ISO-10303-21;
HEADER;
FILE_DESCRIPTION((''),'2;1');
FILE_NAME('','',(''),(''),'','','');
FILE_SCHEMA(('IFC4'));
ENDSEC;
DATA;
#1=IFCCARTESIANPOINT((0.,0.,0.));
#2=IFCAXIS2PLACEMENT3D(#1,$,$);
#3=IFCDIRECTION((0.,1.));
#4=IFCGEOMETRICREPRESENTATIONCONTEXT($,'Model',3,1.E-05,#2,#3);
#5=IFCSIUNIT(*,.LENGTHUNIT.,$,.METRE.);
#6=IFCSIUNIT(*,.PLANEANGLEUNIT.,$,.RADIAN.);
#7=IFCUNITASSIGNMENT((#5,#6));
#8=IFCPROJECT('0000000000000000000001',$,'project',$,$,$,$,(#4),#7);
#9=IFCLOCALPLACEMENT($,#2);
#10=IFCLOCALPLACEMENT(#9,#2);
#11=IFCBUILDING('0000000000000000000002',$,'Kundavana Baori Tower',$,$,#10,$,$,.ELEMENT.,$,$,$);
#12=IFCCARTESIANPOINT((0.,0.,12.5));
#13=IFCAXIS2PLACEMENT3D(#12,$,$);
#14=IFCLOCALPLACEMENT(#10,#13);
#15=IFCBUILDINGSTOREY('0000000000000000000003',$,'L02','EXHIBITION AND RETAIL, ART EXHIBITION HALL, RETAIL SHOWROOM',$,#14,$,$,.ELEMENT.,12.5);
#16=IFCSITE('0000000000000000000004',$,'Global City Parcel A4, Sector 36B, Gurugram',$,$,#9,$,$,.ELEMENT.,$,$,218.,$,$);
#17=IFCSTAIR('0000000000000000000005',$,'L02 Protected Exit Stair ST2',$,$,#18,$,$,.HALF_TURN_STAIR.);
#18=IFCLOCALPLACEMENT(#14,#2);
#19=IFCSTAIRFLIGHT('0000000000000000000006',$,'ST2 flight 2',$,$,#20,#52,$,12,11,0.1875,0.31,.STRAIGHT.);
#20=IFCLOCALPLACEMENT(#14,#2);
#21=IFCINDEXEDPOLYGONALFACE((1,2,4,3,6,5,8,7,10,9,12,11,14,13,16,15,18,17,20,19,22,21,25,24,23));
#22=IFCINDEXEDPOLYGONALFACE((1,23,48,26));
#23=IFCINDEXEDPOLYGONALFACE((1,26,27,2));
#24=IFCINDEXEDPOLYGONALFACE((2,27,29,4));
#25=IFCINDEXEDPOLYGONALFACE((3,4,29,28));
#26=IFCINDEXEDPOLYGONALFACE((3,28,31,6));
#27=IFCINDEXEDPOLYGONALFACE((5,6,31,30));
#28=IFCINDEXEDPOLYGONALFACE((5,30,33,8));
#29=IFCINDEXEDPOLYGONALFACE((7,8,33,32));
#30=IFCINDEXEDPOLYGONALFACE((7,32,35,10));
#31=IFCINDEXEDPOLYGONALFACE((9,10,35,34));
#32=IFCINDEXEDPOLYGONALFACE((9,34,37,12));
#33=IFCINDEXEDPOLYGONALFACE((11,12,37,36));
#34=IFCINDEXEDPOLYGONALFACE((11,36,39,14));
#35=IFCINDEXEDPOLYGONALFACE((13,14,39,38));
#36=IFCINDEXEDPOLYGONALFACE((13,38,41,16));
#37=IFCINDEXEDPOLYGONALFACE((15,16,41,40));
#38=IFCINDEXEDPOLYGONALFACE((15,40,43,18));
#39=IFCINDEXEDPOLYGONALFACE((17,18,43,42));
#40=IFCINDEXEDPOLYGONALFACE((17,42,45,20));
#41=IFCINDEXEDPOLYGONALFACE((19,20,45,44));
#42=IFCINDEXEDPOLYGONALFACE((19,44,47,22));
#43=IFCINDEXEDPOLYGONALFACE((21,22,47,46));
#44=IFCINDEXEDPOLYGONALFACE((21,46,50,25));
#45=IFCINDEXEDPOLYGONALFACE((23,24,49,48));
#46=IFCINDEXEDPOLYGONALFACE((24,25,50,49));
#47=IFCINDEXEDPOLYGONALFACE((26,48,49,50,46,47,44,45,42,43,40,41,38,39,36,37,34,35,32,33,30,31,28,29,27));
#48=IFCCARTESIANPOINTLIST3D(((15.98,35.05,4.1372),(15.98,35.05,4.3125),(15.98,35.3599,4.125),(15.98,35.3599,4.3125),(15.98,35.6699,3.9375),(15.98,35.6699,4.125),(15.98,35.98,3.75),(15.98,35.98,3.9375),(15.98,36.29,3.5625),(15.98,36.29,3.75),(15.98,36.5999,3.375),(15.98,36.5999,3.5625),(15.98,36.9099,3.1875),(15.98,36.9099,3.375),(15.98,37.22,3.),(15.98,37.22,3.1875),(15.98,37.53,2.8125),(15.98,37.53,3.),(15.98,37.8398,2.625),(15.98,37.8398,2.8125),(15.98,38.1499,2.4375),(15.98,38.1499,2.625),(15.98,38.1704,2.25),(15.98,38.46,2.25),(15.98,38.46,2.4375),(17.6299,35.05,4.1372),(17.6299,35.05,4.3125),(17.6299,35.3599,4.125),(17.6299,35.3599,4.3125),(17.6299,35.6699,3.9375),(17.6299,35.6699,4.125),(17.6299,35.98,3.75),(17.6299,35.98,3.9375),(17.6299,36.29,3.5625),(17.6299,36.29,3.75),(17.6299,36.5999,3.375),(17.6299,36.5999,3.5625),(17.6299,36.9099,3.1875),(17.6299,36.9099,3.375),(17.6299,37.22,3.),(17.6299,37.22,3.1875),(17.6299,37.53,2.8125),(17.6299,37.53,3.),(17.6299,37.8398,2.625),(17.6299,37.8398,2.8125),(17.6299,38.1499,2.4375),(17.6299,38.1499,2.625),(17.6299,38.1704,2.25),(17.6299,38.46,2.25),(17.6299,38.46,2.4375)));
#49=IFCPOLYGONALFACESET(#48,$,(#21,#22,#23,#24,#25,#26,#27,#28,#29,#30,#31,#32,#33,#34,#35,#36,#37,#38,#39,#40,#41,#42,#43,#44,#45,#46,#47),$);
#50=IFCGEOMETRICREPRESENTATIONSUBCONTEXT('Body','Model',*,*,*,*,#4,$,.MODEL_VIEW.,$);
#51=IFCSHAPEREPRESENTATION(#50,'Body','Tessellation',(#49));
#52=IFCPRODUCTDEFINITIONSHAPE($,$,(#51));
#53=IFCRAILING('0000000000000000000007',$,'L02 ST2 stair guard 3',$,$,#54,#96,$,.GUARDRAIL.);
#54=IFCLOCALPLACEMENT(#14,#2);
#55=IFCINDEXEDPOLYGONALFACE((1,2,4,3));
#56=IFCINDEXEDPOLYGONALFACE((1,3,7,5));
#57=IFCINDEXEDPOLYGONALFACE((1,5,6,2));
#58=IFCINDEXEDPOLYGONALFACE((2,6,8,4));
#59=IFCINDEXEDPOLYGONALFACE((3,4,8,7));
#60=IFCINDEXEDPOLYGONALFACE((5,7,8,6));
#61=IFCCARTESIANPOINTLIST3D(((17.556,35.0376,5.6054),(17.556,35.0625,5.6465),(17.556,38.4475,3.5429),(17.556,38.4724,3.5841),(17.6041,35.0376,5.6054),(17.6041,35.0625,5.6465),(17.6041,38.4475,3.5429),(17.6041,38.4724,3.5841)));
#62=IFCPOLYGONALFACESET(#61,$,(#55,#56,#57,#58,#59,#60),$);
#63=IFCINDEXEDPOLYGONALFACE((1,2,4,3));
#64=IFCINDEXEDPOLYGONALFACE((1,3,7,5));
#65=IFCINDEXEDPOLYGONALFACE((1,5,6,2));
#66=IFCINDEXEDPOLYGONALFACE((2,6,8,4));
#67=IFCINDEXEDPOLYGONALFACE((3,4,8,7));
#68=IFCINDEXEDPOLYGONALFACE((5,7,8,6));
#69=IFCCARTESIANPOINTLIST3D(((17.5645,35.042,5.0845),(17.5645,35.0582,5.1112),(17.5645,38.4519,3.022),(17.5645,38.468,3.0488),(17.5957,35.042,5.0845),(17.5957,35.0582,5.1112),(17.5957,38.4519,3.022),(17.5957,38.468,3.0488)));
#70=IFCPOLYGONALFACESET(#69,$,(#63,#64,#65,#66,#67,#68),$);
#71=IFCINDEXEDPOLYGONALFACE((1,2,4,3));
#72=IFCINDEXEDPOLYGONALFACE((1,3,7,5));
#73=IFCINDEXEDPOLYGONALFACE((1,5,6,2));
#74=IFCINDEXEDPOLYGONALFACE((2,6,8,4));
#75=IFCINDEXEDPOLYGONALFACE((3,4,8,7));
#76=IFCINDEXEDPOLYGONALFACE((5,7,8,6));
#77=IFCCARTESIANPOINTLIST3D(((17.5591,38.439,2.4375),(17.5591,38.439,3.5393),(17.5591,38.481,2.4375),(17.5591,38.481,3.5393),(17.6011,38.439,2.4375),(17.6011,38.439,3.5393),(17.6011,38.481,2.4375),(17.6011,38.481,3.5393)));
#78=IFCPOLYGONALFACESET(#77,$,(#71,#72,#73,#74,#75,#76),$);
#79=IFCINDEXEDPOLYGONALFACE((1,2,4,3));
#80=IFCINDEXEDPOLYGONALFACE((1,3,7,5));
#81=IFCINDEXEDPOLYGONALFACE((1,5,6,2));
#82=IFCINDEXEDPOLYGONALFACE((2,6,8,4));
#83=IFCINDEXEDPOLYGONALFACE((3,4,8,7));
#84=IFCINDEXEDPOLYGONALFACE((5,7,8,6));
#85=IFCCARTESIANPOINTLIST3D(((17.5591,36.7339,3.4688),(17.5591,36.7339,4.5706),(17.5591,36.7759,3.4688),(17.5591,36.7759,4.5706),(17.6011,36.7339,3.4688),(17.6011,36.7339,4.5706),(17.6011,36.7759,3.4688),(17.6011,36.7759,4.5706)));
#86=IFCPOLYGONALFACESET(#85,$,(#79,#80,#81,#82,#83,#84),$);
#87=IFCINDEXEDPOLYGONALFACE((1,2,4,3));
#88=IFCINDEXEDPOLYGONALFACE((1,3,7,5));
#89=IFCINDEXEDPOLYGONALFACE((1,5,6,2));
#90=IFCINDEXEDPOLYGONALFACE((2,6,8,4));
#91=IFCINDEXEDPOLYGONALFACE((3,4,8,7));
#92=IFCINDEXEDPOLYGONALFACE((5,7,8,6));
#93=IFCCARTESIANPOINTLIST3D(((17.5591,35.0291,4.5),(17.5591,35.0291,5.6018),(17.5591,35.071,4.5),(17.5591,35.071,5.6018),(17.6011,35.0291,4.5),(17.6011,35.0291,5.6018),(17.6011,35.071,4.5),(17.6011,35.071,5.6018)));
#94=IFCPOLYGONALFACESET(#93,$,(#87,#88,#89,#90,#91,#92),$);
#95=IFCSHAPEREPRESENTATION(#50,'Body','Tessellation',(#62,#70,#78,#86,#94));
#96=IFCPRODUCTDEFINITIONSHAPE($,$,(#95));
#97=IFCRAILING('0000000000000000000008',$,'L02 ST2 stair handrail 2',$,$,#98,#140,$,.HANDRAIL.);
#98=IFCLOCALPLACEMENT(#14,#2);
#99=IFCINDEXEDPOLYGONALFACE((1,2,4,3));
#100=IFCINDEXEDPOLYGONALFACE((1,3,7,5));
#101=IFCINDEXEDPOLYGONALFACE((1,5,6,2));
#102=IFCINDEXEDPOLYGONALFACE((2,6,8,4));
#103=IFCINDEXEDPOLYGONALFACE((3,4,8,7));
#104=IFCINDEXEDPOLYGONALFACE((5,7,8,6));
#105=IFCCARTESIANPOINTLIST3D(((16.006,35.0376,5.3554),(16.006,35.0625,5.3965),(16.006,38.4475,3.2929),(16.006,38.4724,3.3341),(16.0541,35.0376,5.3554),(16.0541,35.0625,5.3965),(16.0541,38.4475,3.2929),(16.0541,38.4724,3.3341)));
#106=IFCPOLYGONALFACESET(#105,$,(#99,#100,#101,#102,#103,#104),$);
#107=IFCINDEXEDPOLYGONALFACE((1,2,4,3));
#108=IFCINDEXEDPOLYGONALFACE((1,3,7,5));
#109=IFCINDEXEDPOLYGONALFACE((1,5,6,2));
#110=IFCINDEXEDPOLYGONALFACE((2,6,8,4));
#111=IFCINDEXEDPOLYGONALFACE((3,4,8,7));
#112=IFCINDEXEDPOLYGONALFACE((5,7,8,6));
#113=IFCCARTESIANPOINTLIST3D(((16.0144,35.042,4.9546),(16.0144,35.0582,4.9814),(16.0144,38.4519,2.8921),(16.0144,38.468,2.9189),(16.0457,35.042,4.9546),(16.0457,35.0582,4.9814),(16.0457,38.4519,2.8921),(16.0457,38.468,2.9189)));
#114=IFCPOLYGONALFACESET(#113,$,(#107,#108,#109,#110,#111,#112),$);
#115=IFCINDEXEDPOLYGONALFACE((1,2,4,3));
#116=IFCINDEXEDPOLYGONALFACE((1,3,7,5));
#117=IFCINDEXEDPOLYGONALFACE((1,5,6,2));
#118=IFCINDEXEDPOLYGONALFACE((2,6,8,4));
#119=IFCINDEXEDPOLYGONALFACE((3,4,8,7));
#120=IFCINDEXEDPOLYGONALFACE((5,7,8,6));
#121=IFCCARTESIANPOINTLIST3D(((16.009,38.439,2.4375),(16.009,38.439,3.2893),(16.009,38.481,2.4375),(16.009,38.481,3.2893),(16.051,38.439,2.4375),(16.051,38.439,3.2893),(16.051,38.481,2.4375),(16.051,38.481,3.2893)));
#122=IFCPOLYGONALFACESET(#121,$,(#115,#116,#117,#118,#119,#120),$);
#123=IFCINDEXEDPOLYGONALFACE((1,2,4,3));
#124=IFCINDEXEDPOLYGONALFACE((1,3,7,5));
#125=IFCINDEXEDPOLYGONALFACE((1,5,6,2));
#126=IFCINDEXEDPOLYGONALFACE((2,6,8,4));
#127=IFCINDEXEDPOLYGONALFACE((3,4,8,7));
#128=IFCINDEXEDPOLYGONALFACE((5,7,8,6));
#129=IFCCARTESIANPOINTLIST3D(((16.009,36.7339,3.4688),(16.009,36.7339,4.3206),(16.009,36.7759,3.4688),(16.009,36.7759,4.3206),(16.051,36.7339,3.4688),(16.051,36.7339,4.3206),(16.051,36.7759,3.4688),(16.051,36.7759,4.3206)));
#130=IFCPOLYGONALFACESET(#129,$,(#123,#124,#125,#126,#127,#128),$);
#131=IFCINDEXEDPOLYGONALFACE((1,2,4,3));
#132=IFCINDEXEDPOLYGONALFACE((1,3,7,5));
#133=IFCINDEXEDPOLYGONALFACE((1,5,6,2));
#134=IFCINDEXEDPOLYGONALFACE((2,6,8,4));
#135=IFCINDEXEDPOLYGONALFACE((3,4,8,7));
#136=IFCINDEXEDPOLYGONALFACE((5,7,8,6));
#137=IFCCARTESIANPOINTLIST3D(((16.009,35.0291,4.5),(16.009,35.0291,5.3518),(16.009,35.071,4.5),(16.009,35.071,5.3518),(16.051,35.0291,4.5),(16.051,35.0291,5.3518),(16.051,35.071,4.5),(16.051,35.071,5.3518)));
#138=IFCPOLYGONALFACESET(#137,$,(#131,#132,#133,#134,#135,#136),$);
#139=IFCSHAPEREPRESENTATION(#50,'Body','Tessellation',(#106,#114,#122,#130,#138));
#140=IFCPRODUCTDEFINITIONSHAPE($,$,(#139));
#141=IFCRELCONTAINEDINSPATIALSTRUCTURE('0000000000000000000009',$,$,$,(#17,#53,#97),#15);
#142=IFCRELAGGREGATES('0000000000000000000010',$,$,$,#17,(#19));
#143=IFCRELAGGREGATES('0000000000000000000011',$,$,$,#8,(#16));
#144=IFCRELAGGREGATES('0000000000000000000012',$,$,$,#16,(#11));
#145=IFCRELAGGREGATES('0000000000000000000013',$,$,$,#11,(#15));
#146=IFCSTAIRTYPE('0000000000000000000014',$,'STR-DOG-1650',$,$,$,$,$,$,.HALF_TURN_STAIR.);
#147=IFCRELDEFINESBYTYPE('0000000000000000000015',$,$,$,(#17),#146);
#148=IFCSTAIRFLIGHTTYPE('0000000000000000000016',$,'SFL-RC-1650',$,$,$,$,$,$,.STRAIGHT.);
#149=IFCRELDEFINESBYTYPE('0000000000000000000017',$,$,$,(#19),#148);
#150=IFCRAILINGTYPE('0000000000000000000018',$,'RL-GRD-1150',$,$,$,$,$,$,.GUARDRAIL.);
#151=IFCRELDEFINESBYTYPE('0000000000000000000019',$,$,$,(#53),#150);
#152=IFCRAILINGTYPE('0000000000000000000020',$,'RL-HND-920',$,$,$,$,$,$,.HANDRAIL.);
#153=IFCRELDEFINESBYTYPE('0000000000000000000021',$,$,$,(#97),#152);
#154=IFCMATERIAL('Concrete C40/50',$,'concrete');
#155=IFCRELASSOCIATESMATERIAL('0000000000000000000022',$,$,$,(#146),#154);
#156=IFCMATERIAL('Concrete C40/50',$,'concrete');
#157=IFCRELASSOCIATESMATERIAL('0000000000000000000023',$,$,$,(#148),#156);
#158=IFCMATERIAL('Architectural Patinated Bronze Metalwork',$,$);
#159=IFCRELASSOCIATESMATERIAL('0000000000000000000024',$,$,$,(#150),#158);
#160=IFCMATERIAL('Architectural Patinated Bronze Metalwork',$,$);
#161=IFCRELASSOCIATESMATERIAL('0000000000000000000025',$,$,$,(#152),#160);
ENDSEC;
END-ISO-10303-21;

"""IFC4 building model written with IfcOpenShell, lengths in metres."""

from ifc_helpers import new_model, si_unit, direction, frame, origin, origin_2d, place, context, subcontext, project, spatial, polyline, rectangle, outline, extrude, material, type_object, element, aggregate, save


model = new_model("IFC4")

# Units and contexts
model_context = context("Model", 3, precision=1e-05, world=origin(), true_north=direction((0.0, 1.0)))
body_context = subcontext(model_context, "Body", "Model", "MODEL_VIEW")
ifc_project = project(units=[si_unit("LENGTHUNIT", "METRE"), si_unit("PLANEANGLEUNIT", "RADIAN")], contexts=[model_context])

# Site, building, storey
site_placement = place(None, origin())
site = spatial("IfcSite", under=ifc_project, at=site_placement, Name="Global City Parcel A4, Sector 36B, Gurugram", CompositionType="ELEMENT", RefElevation=218.0)
building_placement = place(site_placement, origin())
building = spatial("IfcBuilding", under=site, at=building_placement, Name="Kundavana Baori Tower", CompositionType="ELEMENT")
storey_placement = place(building_placement, frame((0.0, 0.0, 12.5)))
storey = spatial("IfcBuildingStorey", under=building, at=storey_placement, Name="L02", Description="EXHIBITION AND RETAIL, ART EXHIBITION HALL, RETAIL SHOWROOM", CompositionType="ELEMENT", Elevation=12.5)

# Stair, stair flight
ifc_material_1 = material(Name="Concrete C40/50", Category="concrete")
stair_type = type_object("IfcStairType", Name="STR-DOG-1650", PredefinedType="HALF_TURN_STAIR", material=ifc_material_1)
stair_placement = place(storey_placement, origin())
stair = element("IfcStair", 1, at=stair_placement, inside=storey, type_object=stair_type, Name="L02 Protected Exit Stair ST2", PredefinedType="HALF_TURN_STAIR")
ifc_material_2 = material(Name="Concrete C40/50", Category="concrete")
stair_flight_type = type_object("IfcStairFlightType", Name="SFL-RC-1650", PredefinedType="STRAIGHT", material=ifc_material_2)
stair_flight_placement = place(storey_placement, frame((16.8049, 38.46, 2.25), z_axis=(0.0, 0.0, 1.0), x_axis=(0.0, -1.0, 0.0)))
stair_flight = element("IfcStairFlight", 2, at=stair_flight_placement, type_object=stair_flight_type, Name="ST2 flight 2", NumberOfRisers=12, NumberOfTreads=11, PredefinedType="STRAIGHT", RiserHeight=0.1875, TreadLength=0.31, context=body_context, shape_type="SweptSolid", body=[
    extrude(outline(polyline([(0.0, 0.0), (0.0, 0.1875), (0.3101, 0.1875), (0.3101, 0.375), (0.6201, 0.375), (0.6201, 0.5625), (0.9299, 0.5625), (0.9299, 0.75), (1.24, 0.75), (1.24, 0.9375), (1.55, 0.9375), (1.55, 1.125), (1.8601, 1.125), (1.8601, 1.3125), (2.1699, 1.3125), (2.1699, 1.5), (2.48, 1.5), (2.48, 1.6875), (2.79, 1.6875), (2.79, 1.875), (3.1001, 1.875), (3.1001, 2.0625), (3.4099, 2.0625), (3.4099, 2.25), (3.4099, 1.8872), (0.2896, 0.0), (0.0, 0.0)])), frame((0.0, 0.825, 0.0), z_axis=(0.0, -1.0, 0.0), x_axis=(1.0, 0.0, 0.0)), (0.0, 0.0, 1.0), 1.6499),
])
aggregate(stair, [stair_flight])

# Railings
ifc_material_3 = material(Name="Architectural Patinated Bronze Metalwork")
railing_type_1 = type_object("IfcRailingType", Name="RL-GRD-1150", PredefinedType="GUARDRAIL", material=ifc_material_3)
railing_1_placement = place(storey_placement, frame((17.5801, 38.46, 2.4375)))
element("IfcRailing", 3, at=railing_1_placement, inside=storey, type_object=railing_type_1, Name="L02 ST2 stair guard 3", PredefinedType="GUARDRAIL", context=body_context, shape_type="SweptSolid", body=[
    extrude(rectangle(XDim=0.0481, YDim=0.0481, at=origin_2d()), frame((0.0, 0.0, 1.126), z_axis=(0.0, -0.855655, 0.517547), x_axis=(1.0, 0.0, 0.0)), (0.0, 0.0, 1.0), 3.9851),
    extrude(rectangle(XDim=0.0312, YDim=0.0312, at=origin_2d()), frame((0.0, 0.0, 0.5979), z_axis=(0.0, -0.855655, 0.517547), x_axis=(1.0, 0.0, 0.0)), (0.0, 0.0, 1.0), 3.9851),
    extrude(rectangle(XDim=0.042, YDim=0.042, at=origin_2d()), origin(), (0.0, 0.0, 1.0), 1.1018),
    extrude(rectangle(XDim=0.042, YDim=0.042, at=origin_2d()), frame((0.0, -1.7051, 1.0312)), (0.0, 0.0, 1.0), 1.1018),
    extrude(rectangle(XDim=0.042, YDim=0.042, at=origin_2d()), frame((0.0, -3.4099, 2.0625)), (0.0, 0.0, 1.0), 1.1018),
])
ifc_material_4 = material(Name="Architectural Patinated Bronze Metalwork")
railing_type_2 = type_object("IfcRailingType", Name="RL-HND-920", PredefinedType="HANDRAIL", material=ifc_material_4)
railing_2_placement = place(storey_placement, frame((16.03, 38.46, 2.4375)))
element("IfcRailing", 4, at=railing_2_placement, inside=storey, type_object=railing_type_2, Name="L02 ST2 stair handrail 2", PredefinedType="HANDRAIL", context=body_context, shape_type="SweptSolid", body=[
    extrude(rectangle(XDim=0.0481, YDim=0.0481, at=origin_2d()), frame((0.0, 0.0, 0.876), z_axis=(0.0, -0.855655, 0.517547), x_axis=(1.0, 0.0, 0.0)), (0.0, 0.0, 1.0), 3.9851),
    extrude(rectangle(XDim=0.0312, YDim=0.0312, at=origin_2d()), frame((0.0, 0.0, 0.468), z_axis=(0.0, -0.855655, 0.517547), x_axis=(1.0, 0.0, 0.0)), (0.0, 0.0, 1.0), 3.9851),
    extrude(rectangle(XDim=0.042, YDim=0.042, at=origin_2d()), origin(), (0.0, 0.0, 1.0), 0.8518),
    extrude(rectangle(XDim=0.042, YDim=0.042, at=origin_2d()), frame((0.0, -1.7051, 1.0312)), (0.0, 0.0, 1.0), 0.8518),
    extrude(rectangle(XDim=0.042, YDim=0.042, at=origin_2d()), frame((0.0, -3.4099, 2.0625)), (0.0, 0.0, 1.0), 0.8518),
])

save(model, "model.ifc")
